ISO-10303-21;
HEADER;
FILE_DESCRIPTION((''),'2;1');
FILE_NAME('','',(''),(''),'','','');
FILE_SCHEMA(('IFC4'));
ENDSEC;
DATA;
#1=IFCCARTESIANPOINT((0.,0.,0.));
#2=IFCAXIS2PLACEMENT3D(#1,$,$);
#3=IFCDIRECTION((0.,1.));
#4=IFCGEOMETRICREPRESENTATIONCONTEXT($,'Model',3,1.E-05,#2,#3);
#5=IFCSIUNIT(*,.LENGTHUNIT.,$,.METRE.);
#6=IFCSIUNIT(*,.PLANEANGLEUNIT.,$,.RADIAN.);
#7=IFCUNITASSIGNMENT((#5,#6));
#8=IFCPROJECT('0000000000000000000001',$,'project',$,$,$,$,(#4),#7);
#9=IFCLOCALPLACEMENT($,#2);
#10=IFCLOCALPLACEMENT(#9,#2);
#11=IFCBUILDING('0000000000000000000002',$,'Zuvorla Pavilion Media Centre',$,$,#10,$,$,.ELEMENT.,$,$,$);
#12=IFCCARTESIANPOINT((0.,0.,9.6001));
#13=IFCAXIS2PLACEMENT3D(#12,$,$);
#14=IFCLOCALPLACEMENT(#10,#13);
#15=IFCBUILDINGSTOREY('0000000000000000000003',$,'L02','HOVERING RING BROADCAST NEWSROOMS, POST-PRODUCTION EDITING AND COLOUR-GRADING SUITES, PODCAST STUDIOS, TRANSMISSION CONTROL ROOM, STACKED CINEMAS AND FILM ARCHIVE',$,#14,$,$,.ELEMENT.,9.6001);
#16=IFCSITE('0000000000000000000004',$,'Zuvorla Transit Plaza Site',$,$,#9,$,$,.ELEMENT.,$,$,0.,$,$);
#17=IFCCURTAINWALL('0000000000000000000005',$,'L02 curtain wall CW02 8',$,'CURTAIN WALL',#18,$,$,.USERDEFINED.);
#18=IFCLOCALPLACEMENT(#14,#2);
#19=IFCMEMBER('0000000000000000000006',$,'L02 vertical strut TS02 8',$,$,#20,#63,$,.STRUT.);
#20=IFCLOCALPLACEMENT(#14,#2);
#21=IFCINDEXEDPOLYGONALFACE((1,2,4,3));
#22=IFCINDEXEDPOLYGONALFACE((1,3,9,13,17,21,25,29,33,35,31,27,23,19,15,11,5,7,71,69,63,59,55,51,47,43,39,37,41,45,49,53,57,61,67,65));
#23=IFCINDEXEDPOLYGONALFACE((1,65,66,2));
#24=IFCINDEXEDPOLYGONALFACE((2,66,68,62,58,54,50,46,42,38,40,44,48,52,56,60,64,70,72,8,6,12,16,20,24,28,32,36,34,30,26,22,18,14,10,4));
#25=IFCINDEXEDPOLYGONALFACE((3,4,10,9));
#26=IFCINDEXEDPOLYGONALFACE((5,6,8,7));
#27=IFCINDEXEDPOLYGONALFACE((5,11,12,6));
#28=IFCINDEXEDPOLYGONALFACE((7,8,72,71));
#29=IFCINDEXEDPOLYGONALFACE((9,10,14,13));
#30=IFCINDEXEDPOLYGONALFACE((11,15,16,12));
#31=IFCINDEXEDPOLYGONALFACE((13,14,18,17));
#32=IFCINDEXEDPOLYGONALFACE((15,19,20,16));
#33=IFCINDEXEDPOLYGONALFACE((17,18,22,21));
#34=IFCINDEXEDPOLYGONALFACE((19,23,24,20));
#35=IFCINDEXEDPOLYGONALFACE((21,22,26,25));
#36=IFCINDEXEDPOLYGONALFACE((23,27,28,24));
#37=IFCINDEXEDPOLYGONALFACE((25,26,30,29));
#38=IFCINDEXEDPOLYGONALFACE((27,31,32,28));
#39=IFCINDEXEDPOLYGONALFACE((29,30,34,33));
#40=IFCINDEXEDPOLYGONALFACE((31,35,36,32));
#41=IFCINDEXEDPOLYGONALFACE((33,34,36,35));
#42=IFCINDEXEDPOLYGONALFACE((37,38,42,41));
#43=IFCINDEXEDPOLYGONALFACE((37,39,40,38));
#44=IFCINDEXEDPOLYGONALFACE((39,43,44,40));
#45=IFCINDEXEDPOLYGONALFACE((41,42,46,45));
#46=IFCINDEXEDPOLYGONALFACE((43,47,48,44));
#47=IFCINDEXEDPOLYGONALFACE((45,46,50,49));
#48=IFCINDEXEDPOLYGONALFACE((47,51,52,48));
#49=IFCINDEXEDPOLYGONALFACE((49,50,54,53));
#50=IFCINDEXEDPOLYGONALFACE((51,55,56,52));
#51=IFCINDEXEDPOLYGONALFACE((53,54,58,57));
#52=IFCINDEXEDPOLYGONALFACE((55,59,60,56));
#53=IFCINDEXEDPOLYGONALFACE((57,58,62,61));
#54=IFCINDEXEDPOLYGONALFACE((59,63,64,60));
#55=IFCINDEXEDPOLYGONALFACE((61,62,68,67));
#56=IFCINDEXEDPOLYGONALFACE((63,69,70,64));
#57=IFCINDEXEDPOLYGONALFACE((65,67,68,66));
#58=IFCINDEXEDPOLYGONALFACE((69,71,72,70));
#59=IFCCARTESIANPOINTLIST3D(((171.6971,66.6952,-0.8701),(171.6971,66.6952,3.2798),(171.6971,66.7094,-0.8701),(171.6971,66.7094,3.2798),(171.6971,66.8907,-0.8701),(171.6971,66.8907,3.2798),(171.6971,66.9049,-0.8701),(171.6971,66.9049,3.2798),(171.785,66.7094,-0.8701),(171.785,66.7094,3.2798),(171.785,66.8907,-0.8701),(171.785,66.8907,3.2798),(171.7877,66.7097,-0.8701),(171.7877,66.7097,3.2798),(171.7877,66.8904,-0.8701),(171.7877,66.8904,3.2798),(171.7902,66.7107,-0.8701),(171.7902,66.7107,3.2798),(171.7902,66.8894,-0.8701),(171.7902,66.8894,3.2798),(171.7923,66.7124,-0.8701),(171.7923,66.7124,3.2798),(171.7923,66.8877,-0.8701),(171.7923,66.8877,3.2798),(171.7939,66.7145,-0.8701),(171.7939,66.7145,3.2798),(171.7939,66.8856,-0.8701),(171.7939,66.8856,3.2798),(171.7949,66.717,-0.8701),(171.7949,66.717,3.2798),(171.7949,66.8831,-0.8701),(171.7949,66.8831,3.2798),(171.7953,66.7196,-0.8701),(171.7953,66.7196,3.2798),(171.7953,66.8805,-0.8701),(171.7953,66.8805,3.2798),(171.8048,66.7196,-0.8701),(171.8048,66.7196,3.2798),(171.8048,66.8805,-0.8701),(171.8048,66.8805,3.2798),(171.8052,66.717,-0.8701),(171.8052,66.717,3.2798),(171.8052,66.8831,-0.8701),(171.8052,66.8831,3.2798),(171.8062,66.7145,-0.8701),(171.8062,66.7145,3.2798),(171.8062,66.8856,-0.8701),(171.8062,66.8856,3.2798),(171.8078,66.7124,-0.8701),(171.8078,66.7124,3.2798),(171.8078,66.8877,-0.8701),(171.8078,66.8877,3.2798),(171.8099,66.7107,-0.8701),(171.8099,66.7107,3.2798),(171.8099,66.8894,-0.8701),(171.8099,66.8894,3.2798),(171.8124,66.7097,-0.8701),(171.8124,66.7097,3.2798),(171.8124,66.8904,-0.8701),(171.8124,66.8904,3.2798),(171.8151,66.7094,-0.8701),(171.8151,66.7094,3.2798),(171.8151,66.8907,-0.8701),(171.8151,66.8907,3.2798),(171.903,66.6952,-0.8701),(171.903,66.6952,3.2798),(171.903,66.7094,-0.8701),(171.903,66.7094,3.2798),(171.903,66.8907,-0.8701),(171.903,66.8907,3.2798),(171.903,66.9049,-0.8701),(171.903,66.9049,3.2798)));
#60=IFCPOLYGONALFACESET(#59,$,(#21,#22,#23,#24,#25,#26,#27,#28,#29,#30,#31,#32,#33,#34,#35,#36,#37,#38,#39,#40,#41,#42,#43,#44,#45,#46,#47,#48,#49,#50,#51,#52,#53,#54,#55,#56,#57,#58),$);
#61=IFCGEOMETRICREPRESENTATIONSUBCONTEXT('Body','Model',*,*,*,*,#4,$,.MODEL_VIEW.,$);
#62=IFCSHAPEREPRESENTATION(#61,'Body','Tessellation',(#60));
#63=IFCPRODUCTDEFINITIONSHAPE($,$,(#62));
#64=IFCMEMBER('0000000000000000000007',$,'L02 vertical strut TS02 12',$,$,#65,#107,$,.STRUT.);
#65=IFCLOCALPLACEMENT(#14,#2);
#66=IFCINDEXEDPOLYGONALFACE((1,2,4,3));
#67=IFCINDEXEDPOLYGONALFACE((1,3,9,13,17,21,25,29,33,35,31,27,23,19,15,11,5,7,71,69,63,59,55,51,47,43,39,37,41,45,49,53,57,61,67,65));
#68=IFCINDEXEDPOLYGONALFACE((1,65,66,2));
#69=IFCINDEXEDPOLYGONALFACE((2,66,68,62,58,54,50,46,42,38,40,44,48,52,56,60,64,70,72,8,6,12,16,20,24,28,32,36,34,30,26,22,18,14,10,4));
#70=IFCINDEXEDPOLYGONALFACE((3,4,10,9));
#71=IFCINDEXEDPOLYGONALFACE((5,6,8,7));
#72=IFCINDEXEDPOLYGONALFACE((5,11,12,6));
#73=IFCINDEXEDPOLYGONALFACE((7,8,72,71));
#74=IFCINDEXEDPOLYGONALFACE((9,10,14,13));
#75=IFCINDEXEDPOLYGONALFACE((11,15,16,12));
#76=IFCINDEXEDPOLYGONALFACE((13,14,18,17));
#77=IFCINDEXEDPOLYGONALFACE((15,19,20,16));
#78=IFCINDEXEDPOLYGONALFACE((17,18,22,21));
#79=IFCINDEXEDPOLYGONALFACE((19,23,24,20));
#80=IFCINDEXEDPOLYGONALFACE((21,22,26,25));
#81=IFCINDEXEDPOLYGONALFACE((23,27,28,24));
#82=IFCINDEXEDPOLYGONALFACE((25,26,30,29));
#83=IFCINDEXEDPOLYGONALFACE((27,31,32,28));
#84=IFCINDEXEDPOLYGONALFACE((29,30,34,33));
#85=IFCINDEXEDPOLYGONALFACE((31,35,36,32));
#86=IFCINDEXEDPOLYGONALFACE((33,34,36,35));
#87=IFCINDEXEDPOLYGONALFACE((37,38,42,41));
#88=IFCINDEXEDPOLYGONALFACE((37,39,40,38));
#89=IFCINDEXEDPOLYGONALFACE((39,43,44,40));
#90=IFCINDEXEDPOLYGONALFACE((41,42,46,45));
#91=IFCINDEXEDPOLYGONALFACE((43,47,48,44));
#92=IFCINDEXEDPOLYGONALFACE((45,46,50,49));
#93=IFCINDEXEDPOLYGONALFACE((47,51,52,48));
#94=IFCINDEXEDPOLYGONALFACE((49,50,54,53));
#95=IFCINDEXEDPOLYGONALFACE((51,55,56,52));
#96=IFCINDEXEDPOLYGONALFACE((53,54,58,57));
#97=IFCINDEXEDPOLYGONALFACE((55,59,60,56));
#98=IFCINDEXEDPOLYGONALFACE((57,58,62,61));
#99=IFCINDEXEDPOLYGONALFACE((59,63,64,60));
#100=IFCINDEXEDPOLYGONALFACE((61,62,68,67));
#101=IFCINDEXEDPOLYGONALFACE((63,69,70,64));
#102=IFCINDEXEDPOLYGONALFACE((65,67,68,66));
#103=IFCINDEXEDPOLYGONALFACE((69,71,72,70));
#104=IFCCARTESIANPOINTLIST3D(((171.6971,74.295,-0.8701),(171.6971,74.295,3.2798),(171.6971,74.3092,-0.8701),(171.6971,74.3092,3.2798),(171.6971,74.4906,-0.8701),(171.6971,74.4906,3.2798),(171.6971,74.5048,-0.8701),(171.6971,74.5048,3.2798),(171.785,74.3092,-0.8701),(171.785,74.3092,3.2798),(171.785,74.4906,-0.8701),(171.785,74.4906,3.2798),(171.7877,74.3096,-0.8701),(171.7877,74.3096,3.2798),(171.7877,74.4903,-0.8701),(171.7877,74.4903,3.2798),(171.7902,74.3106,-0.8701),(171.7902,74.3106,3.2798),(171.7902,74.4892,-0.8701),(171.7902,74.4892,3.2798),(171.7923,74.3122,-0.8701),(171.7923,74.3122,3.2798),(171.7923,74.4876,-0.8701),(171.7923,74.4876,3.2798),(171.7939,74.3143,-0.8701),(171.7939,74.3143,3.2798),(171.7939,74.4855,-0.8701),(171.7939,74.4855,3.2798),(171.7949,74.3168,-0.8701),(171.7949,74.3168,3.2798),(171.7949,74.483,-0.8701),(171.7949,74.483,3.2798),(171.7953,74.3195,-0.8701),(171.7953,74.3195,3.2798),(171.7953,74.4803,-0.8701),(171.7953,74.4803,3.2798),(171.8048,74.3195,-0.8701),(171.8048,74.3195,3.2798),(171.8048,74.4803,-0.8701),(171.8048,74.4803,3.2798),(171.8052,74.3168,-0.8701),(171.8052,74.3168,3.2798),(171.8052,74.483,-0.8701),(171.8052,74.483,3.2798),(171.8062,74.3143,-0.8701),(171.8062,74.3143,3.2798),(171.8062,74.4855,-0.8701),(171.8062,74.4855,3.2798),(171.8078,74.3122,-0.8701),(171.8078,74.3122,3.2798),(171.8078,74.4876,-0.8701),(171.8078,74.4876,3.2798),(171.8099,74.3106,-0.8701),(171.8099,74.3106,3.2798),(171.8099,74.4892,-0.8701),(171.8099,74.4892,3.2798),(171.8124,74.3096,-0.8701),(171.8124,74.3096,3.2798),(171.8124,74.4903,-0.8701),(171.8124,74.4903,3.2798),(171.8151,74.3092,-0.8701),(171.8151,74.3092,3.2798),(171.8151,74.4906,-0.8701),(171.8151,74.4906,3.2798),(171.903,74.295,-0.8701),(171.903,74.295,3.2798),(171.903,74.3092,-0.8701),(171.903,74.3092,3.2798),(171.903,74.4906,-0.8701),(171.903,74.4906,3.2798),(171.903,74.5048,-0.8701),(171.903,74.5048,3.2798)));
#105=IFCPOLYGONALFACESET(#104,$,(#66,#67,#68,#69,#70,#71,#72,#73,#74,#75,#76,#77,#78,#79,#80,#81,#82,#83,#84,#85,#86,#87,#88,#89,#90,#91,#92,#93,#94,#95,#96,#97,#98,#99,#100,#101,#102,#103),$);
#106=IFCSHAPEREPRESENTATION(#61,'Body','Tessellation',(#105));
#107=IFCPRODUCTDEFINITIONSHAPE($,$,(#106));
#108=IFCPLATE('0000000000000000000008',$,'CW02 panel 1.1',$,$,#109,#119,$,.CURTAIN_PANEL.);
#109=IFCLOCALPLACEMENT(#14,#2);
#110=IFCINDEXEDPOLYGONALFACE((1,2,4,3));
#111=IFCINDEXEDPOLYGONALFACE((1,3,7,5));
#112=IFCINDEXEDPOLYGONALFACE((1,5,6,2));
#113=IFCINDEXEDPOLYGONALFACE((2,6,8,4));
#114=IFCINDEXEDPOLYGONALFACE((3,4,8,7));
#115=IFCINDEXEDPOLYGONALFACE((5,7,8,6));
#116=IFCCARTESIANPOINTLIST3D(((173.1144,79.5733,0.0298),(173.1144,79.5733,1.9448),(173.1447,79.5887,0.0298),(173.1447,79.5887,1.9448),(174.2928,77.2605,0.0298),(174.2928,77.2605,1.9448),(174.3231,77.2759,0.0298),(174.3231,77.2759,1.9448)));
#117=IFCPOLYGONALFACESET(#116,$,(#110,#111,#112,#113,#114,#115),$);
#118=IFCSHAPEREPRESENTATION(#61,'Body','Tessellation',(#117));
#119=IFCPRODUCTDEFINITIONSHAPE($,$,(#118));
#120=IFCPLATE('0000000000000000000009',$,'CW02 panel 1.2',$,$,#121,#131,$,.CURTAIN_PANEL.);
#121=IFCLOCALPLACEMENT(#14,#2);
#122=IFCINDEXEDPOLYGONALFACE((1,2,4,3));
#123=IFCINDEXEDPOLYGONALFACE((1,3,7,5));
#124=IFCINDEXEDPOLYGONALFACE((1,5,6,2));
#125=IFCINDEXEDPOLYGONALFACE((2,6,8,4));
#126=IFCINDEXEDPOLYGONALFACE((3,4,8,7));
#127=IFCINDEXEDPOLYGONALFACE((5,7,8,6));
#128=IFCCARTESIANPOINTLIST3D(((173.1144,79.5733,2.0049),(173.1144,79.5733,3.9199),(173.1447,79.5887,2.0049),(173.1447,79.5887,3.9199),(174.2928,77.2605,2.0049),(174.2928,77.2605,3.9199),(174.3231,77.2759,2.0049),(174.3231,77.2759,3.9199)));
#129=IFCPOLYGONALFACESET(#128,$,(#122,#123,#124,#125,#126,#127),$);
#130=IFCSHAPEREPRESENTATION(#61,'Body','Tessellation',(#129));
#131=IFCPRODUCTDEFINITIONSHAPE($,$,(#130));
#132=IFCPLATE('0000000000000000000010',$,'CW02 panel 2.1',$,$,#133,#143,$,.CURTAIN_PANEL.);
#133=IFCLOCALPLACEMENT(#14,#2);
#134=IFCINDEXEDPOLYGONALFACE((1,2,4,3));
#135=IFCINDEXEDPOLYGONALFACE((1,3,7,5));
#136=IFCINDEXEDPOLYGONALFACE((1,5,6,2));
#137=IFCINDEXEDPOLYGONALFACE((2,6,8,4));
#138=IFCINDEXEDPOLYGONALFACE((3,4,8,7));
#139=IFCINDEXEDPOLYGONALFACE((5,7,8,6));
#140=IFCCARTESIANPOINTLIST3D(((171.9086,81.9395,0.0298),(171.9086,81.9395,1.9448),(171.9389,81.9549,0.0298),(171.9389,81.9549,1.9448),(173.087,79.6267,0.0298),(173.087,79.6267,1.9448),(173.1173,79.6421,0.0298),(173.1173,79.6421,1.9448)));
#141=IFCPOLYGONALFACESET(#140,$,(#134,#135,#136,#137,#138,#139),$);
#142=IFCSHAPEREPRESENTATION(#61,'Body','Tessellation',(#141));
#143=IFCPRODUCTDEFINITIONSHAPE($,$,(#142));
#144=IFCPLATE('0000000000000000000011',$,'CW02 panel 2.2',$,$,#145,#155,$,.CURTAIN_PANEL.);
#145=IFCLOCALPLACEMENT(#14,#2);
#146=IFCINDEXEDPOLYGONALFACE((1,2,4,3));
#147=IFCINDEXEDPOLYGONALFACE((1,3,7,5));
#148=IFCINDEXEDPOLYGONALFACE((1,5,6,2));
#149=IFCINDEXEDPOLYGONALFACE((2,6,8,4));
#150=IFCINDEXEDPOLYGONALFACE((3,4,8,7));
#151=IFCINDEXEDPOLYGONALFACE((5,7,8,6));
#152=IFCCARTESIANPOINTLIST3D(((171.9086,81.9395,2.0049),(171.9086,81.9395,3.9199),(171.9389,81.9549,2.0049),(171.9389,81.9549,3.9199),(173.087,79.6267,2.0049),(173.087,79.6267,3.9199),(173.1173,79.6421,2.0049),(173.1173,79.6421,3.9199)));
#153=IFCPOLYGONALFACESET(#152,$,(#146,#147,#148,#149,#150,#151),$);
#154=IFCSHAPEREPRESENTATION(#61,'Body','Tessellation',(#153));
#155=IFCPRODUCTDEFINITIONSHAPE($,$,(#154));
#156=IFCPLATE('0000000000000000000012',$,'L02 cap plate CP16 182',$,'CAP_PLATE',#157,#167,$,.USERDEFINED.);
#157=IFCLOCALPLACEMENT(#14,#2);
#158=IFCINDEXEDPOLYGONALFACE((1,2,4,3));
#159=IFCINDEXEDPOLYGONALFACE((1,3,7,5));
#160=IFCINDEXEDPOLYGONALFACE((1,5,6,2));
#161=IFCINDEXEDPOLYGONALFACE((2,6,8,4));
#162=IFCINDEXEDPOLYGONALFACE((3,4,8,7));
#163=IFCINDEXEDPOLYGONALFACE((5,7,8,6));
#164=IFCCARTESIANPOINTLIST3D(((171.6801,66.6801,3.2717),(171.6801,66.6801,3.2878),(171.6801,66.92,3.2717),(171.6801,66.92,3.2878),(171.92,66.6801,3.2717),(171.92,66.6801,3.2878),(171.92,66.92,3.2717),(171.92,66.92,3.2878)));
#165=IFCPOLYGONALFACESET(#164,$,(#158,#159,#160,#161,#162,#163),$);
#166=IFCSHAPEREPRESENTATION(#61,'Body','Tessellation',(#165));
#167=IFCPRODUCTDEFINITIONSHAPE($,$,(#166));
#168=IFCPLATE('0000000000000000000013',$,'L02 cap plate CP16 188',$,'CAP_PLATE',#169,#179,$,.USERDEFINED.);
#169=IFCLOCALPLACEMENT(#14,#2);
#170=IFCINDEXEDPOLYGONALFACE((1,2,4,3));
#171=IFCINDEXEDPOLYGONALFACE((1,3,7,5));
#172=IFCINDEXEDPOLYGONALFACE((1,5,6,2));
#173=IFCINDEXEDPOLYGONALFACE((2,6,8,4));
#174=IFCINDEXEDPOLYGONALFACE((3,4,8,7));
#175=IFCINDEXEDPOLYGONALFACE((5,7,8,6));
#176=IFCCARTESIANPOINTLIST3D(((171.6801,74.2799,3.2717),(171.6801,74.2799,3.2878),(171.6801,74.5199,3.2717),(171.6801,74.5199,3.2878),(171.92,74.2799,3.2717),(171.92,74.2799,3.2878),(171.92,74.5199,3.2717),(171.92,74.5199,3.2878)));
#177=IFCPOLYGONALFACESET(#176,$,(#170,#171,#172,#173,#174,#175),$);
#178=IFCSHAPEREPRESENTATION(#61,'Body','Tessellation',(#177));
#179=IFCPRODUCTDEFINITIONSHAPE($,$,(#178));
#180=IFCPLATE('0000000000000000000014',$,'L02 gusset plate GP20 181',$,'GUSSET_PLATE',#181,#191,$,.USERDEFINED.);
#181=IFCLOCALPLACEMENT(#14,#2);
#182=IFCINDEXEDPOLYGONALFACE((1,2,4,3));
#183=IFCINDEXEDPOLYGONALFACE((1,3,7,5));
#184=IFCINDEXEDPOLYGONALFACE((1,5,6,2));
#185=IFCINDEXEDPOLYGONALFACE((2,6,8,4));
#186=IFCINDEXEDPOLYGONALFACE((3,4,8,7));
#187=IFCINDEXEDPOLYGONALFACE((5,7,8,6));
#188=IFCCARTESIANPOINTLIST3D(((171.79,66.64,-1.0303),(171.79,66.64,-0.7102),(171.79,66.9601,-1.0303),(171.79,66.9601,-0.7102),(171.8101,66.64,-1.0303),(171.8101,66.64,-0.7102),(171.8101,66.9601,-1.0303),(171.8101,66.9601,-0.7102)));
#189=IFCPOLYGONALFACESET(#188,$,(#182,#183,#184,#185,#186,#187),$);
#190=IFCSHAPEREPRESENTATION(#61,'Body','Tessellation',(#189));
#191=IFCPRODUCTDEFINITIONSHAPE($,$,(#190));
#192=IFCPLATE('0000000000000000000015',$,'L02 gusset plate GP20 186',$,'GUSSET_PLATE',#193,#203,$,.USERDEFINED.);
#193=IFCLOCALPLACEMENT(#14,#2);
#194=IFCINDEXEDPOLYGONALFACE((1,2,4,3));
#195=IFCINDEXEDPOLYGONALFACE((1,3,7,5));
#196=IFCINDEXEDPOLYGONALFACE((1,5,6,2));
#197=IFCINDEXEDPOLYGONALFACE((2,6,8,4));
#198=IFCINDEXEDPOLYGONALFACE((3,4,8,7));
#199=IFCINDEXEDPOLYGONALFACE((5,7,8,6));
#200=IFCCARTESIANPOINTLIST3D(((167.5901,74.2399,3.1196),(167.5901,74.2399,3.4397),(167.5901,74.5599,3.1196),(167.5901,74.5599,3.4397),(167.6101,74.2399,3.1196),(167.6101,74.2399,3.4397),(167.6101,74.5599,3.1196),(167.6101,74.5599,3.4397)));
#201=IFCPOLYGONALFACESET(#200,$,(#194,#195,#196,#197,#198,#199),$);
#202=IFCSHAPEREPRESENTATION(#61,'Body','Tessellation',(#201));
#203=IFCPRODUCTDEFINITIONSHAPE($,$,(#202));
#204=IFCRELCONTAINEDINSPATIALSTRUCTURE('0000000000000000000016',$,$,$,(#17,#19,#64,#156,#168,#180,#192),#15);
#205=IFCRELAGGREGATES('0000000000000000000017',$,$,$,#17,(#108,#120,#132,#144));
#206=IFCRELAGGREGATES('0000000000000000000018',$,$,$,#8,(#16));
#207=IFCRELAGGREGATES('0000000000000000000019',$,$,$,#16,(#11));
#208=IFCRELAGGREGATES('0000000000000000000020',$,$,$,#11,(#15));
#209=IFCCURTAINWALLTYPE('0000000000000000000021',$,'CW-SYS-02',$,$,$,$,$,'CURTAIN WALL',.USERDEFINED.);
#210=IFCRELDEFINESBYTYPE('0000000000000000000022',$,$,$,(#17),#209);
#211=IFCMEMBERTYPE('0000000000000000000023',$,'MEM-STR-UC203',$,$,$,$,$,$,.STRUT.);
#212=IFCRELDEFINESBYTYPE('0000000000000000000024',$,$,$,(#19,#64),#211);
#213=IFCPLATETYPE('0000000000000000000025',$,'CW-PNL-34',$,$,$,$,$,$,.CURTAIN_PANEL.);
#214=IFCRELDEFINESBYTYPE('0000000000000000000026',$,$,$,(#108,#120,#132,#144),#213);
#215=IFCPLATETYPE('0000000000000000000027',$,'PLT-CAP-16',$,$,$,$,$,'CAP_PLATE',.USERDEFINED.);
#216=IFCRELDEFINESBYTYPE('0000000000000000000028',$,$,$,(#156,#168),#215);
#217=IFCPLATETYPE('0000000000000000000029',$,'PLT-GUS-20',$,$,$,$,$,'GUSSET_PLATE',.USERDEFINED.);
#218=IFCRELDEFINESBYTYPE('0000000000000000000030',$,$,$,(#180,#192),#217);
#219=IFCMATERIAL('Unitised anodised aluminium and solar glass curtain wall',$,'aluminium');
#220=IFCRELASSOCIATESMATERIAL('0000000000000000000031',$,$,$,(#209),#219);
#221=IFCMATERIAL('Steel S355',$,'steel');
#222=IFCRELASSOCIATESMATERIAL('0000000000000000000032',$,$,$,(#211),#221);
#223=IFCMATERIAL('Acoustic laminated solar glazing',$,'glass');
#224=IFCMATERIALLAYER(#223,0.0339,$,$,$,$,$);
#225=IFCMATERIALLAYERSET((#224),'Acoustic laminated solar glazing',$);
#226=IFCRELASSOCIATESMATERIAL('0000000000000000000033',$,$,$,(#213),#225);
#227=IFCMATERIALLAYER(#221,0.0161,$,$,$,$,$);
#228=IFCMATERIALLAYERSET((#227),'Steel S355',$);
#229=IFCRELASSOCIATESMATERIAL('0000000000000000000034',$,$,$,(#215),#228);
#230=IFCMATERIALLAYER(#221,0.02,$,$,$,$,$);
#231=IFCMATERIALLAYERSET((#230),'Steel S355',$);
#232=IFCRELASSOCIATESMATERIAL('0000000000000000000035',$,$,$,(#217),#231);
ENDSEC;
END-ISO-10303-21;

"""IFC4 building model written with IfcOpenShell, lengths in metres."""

from ifc_helpers import new_model, si_unit, direction, frame, origin, origin_2d, place, context, subcontext, project, spatial, rectangle, i_section, extrude, material, layer, layer_set, material_profile, profile_set, type_object, element, aggregate, save


model = new_model("IFC4")

# Units and contexts
model_context = context("Model", 3, precision=1e-05, world=origin(), true_north=direction((0.0, 1.0)))
body_context = subcontext(model_context, "Body", "Model", "MODEL_VIEW")
ifc_project = project(units=[si_unit("LENGTHUNIT", "METRE"), si_unit("PLANEANGLEUNIT", "RADIAN")], contexts=[model_context])

# Site, building, storey
site_placement = place(None, origin())
site = spatial("IfcSite", under=ifc_project, at=site_placement, Name="Zuvorla Transit Plaza Site", CompositionType="ELEMENT", RefElevation=0.0)
building_placement = place(site_placement, origin())
building = spatial("IfcBuilding", under=site, at=building_placement, Name="Zuvorla Pavilion Media Centre", CompositionType="ELEMENT")
storey_placement = place(building_placement, frame((0.0, 0.0, 9.6001)))
storey = spatial("IfcBuildingStorey", under=building, at=storey_placement, Name="L02", Description="HOVERING RING BROADCAST NEWSROOMS, POST-PRODUCTION EDITING AND COLOUR-GRADING SUITES, PODCAST STUDIOS, TRANSMISSION CONTROL ROOM, STACKED CINEMAS AND FILM ARCHIVE", CompositionType="ELEMENT", Elevation=9.6001)

# Shared definitions
ifc_material_1 = material(Name="Steel S355", Category="steel")

# Curtain wall
ifc_material_2 = material(Name="Unitised anodised aluminium and solar glass curtain wall", Category="aluminium")
curtain_wall_type = type_object("IfcCurtainWallType", Name="CW-SYS-02", ElementType="CURTAIN WALL", PredefinedType="USERDEFINED", material=ifc_material_2)
curtain_wall_placement = place(storey_placement, origin())
curtain_wall = element("IfcCurtainWall", 1, at=curtain_wall_placement, inside=storey, type_object=curtain_wall_type, Name="L02 curtain wall CW02 8", ObjectType="CURTAIN WALL", PredefinedType="USERDEFINED")

# Members
ifc_material_profile_1 = material_profile(ifc_material_1, i_section(OverallWidth=0.2058, OverallDepth=0.2097, WebThickness=0.0095, FlangeThickness=0.0142, FilletRadius=0.0103, at=origin_2d()), Name="UC 203x203x60")
ifc_profile_set_1 = profile_set([ifc_material_profile_1], Name="Steel S355")
member_type_1 = type_object("IfcMemberType", Name="MEM-STR-UC203", PredefinedType="STRUT", material=ifc_profile_set_1)
for number, where, z_axis, x_axis, name in (
    (2, (171.8, 66.8, -0.8701), (0.0, 0.0, 1.0), (1.0, 0.0, 0.0), "L02 vertical strut TS02 8"),
    (3, (171.8, 74.3999, -0.8701), (0.0, 0.0, 1.0), (1.0, 0.0, 0.0), "L02 vertical strut TS02 12"),
):
    element("IfcMember", number, at=place(storey_placement, frame(where, z_axis=z_axis, x_axis=x_axis)), inside=storey, type_object=member_type_1, Name=name, PredefinedType="STRUT", context=body_context, shape_type="SweptSolid", body=[
        extrude(i_section(OverallWidth=0.2058, OverallDepth=0.2097, WebThickness=0.0095, FlangeThickness=0.0142, FilletRadius=0.0103, at=origin_2d()), origin(), (0.0, 0.0, 1.0), 4.1499),
    ])

# Plates
ifc_material_3 = material(Name="Acoustic laminated solar glazing", Category="glass")
ifc_layer_1 = layer(ifc_material_3, 0.0339)
ifc_layer_set_1 = layer_set([ifc_layer_1], Name="Acoustic laminated solar glazing")
plate_type_1 = type_object("IfcPlateType", Name="CW-PNL-34", PredefinedType="CURTAIN_PANEL", material=ifc_layer_set_1)
plate_1_placement = place(storey_placement, frame((173.7188, 78.4246, 0.0298), z_axis=(0.0, 0.0, 1.0), x_axis=(-0.453986, 0.891009, 0.0)))
plate_1 = element("IfcPlate", 4, at=plate_1_placement, type_object=plate_type_1, Name="CW02 panel 1.1", PredefinedType="CURTAIN_PANEL", context=body_context, shape_type="SweptSolid", body=[
    extrude(rectangle(XDim=2.5957, YDim=0.0339, at=origin_2d()), origin(), (0.0, 0.0, 1.0), 1.915),
])
plate_2_placement = place(storey_placement, frame((173.7188, 78.4246, 2.0049), z_axis=(0.0, 0.0, 1.0), x_axis=(-0.453986, 0.891009, 0.0)))
plate_2 = element("IfcPlate", 5, at=plate_2_placement, type_object=plate_type_1, Name="CW02 panel 1.2", PredefinedType="CURTAIN_PANEL", context=body_context, shape_type="SweptSolid", body=[
    extrude(rectangle(XDim=2.5957, YDim=0.0339, at=origin_2d()), origin(), (0.0, 0.0, 1.0), 1.915),
])
plate_3_placement = place(storey_placement, frame((172.5129, 80.7908, 0.0298), z_axis=(0.0, 0.0, 1.0), x_axis=(-0.453986, 0.891009, 0.0)))
plate_3 = element("IfcPlate", 6, at=plate_3_placement, type_object=plate_type_1, Name="CW02 panel 2.1", PredefinedType="CURTAIN_PANEL", context=body_context, shape_type="SweptSolid", body=[
    extrude(rectangle(XDim=2.5957, YDim=0.0339, at=origin_2d()), origin(), (0.0, 0.0, 1.0), 1.915),
])
plate_4_placement = place(storey_placement, frame((172.5129, 80.7908, 2.0049), z_axis=(0.0, 0.0, 1.0), x_axis=(-0.453986, 0.891009, 0.0)))
plate_4 = element("IfcPlate", 7, at=plate_4_placement, type_object=plate_type_1, Name="CW02 panel 2.2", PredefinedType="CURTAIN_PANEL", context=body_context, shape_type="SweptSolid", body=[
    extrude(rectangle(XDim=2.5957, YDim=0.0339, at=origin_2d()), origin(), (0.0, 0.0, 1.0), 1.915),
])
aggregate(curtain_wall, [plate_1, plate_2, plate_3, plate_4])

# Plates
ifc_layer_2 = layer(ifc_material_1, 0.0161)
ifc_layer_set_2 = layer_set([ifc_layer_2], Name="Steel S355")
plate_type_2 = type_object("IfcPlateType", Name="PLT-CAP-16", ElementType="CAP_PLATE", PredefinedType="USERDEFINED", material=ifc_layer_set_2)
for number, where, z_axis, x_axis, name in (
    (8, (171.8, 66.8, 3.2717), (0.0, 0.0, 1.0), (1.0, 0.0, 0.0), "L02 cap plate CP16 182"),
    (9, (171.8, 74.3999, 3.2717), (0.0, 0.0, 1.0), (1.0, 0.0, 0.0), "L02 cap plate CP16 188"),
):
    element("IfcPlate", number, at=place(storey_placement, frame(where, z_axis=z_axis, x_axis=x_axis)), inside=storey, type_object=plate_type_2, Name=name, ObjectType="CAP_PLATE", PredefinedType="USERDEFINED", context=body_context, shape_type="SweptSolid", body=[
        extrude(rectangle(XDim=0.24, YDim=0.24, at=origin_2d()), origin(), (0.0, 0.0, 1.0), 0.0161),
    ])
ifc_layer_3 = layer(ifc_material_1, 0.02)
ifc_layer_set_3 = layer_set([ifc_layer_3], Name="Steel S355")
plate_type_3 = type_object("IfcPlateType", Name="PLT-GUS-20", ElementType="GUSSET_PLATE", PredefinedType="USERDEFINED", material=ifc_layer_set_3)
for number, where, z_axis, x_axis, name in (
    (10, (171.8, 66.8, -1.0303), (0.0, 0.0, 1.0), (1.0, 0.0, 0.0), "L02 gusset plate GP20 181"),
    (11, (167.6001, 74.3999, 3.1196), (0.0, 0.0, 1.0), (1.0, 0.0, 0.0), "L02 gusset plate GP20 186"),
):
    element("IfcPlate", number, at=place(storey_placement, frame(where, z_axis=z_axis, x_axis=x_axis)), inside=storey, type_object=plate_type_3, Name=name, ObjectType="GUSSET_PLATE", PredefinedType="USERDEFINED", context=body_context, shape_type="SweptSolid", body=[
        extrude(rectangle(XDim=0.02, YDim=0.3201, at=origin_2d()), origin(), (0.0, 0.0, 1.0), 0.3201),
    ])

save(model, "model.ifc")
